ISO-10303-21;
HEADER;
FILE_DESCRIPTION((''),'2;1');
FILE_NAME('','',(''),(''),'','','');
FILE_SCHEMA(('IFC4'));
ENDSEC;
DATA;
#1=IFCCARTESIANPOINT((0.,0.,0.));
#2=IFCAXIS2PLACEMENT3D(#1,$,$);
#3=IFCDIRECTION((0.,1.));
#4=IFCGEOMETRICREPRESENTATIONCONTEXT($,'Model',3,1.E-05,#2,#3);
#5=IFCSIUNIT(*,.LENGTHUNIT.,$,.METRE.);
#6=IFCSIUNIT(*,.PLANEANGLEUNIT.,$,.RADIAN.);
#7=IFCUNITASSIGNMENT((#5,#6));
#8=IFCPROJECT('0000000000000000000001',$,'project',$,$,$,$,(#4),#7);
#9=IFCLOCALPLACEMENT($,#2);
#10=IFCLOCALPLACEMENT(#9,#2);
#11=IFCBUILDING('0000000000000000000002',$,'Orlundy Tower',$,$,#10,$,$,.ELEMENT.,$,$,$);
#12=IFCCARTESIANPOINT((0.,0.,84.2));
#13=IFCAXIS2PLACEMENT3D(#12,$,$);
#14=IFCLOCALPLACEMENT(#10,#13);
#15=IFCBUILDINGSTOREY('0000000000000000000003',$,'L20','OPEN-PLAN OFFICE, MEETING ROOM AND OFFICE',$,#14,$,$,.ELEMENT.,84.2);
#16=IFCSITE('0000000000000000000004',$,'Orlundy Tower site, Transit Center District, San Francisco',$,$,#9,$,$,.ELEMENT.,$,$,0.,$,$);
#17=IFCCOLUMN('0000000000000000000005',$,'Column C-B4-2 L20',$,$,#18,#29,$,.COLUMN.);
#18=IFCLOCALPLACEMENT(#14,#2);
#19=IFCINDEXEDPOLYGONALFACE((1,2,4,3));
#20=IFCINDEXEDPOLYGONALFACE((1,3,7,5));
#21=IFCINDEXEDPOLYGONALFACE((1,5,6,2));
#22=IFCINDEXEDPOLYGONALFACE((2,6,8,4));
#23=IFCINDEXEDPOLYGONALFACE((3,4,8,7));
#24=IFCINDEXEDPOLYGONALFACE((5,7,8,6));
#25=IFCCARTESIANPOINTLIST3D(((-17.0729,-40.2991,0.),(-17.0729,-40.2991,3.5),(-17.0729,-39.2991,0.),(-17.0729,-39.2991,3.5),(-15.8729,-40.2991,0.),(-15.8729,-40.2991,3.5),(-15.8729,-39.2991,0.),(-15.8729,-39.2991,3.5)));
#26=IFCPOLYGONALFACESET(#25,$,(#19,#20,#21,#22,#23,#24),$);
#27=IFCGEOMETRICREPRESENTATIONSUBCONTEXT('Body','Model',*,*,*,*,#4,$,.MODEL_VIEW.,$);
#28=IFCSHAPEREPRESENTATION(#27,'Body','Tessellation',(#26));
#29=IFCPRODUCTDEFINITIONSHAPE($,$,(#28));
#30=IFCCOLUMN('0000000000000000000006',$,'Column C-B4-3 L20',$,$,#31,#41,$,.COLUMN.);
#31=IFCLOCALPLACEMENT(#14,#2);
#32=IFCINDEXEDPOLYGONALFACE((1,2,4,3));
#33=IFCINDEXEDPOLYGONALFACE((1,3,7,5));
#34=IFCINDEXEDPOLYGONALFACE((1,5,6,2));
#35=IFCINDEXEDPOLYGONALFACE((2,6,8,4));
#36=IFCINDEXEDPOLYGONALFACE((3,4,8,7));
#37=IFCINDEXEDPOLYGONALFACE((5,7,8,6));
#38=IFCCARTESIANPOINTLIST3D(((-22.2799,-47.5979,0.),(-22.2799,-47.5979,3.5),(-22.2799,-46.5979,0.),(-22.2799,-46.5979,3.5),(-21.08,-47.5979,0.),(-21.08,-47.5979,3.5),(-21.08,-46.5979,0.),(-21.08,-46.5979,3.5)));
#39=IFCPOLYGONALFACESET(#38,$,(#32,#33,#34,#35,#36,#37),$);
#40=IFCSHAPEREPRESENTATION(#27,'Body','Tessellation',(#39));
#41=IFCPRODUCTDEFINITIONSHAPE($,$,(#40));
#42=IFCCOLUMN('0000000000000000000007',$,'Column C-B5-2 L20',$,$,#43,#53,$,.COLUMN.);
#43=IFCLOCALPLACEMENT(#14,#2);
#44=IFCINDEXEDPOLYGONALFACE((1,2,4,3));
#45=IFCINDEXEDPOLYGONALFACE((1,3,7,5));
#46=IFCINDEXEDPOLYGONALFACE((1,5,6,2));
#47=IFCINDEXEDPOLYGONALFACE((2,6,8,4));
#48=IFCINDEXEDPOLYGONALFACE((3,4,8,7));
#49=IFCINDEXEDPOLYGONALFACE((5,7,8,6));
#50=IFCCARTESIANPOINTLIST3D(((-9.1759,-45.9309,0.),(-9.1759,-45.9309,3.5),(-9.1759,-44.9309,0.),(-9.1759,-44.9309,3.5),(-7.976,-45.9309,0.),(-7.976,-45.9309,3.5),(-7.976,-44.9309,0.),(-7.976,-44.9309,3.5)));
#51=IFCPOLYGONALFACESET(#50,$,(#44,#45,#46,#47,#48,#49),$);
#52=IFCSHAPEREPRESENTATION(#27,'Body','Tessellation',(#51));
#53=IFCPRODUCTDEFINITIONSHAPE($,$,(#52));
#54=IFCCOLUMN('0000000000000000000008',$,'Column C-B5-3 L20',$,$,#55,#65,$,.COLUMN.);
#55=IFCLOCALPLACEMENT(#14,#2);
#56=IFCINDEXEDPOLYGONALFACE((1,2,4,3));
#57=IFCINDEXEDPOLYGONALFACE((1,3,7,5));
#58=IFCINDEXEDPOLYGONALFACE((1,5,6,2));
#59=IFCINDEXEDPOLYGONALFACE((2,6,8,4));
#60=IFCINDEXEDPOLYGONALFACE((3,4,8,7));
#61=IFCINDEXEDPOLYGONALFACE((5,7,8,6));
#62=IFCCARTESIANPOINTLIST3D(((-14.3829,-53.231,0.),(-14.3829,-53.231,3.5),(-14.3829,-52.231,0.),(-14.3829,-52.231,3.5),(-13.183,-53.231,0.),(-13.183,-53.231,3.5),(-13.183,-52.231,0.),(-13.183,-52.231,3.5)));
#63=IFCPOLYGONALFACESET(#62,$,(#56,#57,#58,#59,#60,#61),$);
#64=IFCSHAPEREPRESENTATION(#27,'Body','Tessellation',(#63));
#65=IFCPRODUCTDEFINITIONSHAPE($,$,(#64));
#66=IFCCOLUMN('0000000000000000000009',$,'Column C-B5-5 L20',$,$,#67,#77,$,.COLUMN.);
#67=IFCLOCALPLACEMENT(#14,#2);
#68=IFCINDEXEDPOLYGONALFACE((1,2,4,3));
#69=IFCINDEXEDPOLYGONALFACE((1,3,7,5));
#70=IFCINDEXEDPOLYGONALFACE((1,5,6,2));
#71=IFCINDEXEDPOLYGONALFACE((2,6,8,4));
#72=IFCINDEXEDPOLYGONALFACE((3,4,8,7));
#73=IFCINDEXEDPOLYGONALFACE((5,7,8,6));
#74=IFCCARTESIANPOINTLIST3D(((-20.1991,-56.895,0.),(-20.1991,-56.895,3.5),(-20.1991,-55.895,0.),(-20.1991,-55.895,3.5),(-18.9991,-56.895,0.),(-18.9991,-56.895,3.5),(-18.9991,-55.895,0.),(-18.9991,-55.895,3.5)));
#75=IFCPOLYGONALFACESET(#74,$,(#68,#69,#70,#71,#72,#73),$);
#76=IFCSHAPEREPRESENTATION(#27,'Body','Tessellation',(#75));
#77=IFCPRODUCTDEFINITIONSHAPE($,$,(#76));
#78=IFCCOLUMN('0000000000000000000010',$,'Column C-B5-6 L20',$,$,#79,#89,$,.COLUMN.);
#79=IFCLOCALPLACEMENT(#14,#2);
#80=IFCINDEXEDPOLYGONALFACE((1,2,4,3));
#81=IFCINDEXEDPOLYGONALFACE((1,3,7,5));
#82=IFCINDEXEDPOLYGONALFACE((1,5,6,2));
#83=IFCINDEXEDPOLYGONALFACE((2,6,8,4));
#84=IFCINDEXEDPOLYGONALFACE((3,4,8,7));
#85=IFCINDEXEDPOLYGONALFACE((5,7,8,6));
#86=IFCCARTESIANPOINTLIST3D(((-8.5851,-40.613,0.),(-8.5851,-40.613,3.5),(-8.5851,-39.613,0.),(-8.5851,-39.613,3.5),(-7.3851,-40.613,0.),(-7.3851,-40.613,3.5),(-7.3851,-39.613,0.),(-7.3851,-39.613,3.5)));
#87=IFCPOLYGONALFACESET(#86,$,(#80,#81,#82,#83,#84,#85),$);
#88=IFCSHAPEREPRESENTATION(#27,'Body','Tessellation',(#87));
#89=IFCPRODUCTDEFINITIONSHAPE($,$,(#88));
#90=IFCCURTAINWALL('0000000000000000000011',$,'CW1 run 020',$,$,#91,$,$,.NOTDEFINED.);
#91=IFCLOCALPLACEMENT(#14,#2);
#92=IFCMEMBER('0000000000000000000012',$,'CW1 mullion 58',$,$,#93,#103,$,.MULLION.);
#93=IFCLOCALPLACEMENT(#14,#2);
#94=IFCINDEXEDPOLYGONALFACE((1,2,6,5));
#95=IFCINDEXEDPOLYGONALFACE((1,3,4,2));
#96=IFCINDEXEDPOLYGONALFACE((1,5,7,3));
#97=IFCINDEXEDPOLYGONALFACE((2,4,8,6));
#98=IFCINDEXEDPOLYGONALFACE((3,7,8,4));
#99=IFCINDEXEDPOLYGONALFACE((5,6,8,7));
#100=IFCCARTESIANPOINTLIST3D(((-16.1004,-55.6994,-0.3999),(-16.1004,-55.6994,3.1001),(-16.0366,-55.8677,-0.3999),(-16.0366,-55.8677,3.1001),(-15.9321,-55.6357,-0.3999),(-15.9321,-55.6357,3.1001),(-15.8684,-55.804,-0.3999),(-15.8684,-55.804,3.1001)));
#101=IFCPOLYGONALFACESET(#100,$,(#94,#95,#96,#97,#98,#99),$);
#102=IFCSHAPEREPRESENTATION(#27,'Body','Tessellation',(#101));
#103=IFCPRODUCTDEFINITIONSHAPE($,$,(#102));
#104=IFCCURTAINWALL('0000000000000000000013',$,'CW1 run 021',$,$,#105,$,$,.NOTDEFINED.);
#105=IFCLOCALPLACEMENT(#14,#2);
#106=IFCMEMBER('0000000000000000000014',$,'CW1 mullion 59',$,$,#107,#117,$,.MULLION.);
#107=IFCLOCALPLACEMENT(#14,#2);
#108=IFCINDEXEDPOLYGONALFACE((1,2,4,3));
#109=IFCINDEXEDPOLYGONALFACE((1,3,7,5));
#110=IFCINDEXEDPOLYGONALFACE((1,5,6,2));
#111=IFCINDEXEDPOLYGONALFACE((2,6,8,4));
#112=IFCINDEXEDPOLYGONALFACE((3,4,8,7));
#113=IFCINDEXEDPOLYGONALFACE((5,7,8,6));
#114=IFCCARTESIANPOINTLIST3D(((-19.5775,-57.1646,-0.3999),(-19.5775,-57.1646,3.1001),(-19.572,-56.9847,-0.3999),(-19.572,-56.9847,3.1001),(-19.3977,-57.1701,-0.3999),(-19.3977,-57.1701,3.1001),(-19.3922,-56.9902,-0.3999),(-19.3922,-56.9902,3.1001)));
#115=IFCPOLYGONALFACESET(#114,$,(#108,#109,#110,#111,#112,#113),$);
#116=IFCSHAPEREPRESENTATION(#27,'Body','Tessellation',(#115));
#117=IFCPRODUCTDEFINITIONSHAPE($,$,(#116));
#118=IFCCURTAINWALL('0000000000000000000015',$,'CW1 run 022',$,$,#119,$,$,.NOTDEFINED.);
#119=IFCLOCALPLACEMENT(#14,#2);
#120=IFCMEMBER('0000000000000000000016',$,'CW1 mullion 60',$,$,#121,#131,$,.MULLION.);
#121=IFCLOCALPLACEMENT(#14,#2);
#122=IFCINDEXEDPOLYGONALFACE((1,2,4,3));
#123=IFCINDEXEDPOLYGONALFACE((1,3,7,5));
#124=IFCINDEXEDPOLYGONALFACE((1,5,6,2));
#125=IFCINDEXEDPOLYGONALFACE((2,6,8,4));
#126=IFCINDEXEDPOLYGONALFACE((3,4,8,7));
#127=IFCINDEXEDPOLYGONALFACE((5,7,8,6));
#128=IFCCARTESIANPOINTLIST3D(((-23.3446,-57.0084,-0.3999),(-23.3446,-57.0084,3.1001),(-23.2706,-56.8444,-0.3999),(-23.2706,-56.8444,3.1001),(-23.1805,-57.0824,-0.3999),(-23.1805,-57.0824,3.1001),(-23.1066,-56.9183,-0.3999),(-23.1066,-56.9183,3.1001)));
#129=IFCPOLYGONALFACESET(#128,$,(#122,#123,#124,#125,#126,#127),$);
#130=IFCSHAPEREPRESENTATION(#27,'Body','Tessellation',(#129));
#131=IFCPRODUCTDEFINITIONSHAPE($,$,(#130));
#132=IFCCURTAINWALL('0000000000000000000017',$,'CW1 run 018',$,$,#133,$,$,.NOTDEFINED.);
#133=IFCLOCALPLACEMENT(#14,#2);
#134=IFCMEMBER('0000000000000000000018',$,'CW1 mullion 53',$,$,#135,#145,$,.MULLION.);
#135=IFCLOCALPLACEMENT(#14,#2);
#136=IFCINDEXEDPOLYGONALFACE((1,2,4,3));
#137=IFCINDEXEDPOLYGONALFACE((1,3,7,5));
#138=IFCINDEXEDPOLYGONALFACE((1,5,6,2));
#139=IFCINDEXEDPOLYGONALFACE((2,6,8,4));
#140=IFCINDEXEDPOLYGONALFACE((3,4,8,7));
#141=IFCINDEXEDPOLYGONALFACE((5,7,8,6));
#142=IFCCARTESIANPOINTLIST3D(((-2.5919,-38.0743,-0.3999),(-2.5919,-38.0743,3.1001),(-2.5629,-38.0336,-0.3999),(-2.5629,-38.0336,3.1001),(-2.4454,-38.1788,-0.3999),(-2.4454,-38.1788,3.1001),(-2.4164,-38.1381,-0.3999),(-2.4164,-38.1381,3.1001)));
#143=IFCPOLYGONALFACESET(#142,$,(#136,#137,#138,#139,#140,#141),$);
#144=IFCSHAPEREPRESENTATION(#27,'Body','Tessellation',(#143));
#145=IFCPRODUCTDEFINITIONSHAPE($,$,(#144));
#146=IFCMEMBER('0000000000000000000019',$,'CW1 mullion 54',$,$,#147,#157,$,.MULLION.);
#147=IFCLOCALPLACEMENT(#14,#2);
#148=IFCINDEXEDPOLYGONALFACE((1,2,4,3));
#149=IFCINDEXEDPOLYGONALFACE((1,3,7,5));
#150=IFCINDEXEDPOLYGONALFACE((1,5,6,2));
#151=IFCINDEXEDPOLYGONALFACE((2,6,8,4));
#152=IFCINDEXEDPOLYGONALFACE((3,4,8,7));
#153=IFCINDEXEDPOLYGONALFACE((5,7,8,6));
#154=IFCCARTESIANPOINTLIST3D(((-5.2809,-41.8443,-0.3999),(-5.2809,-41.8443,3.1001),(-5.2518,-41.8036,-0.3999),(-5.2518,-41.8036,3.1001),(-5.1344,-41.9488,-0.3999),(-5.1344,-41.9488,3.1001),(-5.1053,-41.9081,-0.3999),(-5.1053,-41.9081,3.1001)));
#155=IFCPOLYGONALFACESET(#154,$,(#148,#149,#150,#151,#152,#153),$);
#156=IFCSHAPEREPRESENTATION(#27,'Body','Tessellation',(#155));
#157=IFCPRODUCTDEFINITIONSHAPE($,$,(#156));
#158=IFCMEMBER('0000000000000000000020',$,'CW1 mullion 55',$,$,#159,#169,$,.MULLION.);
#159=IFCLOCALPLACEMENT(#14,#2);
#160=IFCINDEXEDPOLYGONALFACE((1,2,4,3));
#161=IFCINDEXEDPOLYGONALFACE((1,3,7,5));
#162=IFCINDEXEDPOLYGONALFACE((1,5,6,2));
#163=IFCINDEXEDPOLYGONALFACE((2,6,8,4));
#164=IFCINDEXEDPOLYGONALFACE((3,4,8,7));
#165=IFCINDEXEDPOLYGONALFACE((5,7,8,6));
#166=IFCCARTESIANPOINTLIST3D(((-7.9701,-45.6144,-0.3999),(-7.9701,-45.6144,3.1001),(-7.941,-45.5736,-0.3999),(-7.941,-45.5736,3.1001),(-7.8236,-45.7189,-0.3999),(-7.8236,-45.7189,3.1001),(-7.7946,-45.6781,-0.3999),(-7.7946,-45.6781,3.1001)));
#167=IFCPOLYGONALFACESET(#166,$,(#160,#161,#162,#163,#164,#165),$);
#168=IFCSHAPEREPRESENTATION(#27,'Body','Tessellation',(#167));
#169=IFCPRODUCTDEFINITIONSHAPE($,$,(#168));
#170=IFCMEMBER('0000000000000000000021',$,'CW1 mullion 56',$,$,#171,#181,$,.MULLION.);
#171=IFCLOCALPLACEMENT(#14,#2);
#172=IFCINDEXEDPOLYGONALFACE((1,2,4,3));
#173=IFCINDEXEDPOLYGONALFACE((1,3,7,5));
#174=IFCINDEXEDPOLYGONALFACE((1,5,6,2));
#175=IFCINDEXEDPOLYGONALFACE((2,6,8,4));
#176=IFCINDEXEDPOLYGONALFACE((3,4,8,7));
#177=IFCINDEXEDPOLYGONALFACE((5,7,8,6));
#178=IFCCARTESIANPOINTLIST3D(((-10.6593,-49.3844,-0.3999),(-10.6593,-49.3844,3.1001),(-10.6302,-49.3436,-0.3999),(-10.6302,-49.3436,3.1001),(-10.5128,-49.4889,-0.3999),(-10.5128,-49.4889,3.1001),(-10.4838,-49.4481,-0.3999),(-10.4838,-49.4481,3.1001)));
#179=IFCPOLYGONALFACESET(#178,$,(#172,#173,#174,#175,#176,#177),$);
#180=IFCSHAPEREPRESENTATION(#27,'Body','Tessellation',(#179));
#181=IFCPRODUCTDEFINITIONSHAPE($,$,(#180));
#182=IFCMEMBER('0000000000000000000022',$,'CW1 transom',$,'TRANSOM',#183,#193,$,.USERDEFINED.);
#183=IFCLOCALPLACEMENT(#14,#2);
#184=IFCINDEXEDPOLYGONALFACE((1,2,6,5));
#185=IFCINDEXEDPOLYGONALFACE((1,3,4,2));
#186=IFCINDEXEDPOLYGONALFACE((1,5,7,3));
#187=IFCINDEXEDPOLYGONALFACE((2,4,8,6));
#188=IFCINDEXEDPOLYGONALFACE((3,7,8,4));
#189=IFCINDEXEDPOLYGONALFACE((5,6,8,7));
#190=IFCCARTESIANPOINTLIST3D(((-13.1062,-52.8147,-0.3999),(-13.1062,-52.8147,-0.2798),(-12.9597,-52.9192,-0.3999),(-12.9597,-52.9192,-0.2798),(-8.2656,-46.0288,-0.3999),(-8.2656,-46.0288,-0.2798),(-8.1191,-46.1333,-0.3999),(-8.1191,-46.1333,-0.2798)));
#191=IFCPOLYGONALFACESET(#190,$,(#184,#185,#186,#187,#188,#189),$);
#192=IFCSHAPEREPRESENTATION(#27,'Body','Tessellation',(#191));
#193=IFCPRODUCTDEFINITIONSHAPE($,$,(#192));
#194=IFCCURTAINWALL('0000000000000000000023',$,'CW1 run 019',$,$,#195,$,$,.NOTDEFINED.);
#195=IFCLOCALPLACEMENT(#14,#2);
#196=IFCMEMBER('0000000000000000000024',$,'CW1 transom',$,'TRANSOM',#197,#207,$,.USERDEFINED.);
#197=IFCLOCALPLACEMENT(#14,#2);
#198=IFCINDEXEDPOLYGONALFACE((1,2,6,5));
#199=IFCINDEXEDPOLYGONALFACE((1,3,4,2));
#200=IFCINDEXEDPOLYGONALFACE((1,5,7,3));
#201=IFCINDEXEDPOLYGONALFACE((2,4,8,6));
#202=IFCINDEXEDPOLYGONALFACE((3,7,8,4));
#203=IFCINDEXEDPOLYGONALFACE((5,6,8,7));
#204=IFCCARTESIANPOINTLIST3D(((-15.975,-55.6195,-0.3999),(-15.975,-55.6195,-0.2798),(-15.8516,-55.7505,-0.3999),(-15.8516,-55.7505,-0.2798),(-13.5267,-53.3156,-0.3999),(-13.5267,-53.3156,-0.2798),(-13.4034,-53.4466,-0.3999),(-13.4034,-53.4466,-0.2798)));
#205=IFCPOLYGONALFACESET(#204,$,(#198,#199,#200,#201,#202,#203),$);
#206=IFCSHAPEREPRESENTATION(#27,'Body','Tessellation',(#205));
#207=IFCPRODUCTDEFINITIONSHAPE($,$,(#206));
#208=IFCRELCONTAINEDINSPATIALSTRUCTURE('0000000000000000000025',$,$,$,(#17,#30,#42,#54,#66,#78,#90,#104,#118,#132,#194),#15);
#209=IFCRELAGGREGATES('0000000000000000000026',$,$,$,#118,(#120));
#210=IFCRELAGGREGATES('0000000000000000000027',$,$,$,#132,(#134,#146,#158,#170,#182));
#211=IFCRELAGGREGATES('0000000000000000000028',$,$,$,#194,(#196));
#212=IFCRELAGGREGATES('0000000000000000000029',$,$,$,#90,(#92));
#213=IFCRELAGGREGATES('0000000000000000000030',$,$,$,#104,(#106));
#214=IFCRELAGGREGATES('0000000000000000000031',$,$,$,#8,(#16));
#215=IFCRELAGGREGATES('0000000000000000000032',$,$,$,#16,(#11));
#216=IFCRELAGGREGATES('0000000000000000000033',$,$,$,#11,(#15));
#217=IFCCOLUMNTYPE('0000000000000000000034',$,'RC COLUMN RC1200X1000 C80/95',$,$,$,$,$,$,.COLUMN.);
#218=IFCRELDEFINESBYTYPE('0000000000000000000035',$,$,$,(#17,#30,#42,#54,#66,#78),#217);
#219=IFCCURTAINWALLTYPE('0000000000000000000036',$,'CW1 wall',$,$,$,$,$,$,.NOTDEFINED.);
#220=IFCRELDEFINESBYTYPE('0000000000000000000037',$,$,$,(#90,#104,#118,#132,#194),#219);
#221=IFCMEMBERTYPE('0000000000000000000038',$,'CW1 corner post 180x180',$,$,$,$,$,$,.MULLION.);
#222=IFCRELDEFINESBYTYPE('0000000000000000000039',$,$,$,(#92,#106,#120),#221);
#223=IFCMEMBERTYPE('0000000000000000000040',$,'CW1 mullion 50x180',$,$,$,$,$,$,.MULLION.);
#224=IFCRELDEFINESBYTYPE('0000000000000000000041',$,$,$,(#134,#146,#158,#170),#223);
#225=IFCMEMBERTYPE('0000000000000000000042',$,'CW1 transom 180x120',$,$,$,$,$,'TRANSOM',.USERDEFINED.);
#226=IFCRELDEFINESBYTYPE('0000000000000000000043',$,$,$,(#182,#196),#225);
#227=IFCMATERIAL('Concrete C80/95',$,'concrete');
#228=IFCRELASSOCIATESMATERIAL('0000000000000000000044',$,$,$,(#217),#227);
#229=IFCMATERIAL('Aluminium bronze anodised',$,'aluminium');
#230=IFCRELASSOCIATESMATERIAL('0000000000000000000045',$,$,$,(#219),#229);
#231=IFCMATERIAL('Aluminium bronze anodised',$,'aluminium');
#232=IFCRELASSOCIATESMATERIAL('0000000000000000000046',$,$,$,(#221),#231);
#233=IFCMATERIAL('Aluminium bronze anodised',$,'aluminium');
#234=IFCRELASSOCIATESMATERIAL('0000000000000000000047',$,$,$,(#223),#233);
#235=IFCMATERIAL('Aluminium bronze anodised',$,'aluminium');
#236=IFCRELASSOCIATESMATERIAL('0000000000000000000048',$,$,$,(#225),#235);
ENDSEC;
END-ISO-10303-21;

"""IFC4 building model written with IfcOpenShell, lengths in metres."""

from ifc_helpers import new_model, si_unit, direction, frame, origin, origin_2d, place, context, subcontext, project, spatial, rectangle, extrude, material, material_profile, profile_set, type_object, element, aggregate, save


model = new_model("IFC4")

# Units and contexts
model_context = context("Model", 3, precision=1e-05, world=origin(), true_north=direction((0.0, 1.0)))
body_context = subcontext(model_context, "Body", "Model", "MODEL_VIEW")
ifc_project = project(units=[si_unit("LENGTHUNIT", "METRE"), si_unit("PLANEANGLEUNIT", "RADIAN")], contexts=[model_context])

# Site, building, storey
site_placement = place(None, origin())
site = spatial("IfcSite", under=ifc_project, at=site_placement, Name="Orlundy Tower site, Transit Center District, San Francisco", CompositionType="ELEMENT", RefElevation=0.0)
building_placement = place(site_placement, origin())
building = spatial("IfcBuilding", under=site, at=building_placement, Name="Orlundy Tower", CompositionType="ELEMENT")
storey_placement = place(building_placement, frame((0.0, 0.0, 84.2)))
storey = spatial("IfcBuildingStorey", under=building, at=storey_placement, Name="L20", Description="OPEN-PLAN OFFICE, MEETING ROOM AND OFFICE", CompositionType="ELEMENT", Elevation=84.2)

# Columns
ifc_material_1 = material(Name="Concrete C80/95", Category="concrete")
ifc_material_profile_1 = material_profile(ifc_material_1, rectangle(XDim=1.2, YDim=1.0, at=origin_2d()), Name="RC1200X1000")
ifc_profile_set_1 = profile_set([ifc_material_profile_1], Name="Concrete C80/95")
column_type = type_object("IfcColumnType", Name="RC COLUMN RC1200X1000 C80/95", PredefinedType="COLUMN", material=ifc_profile_set_1)
for number, where, z_axis, x_axis, name in (
    (1, (-16.4729, -39.7991, 0.0), (0.0, 0.0, 1.0), (1.0, 0.0, 0.0), "Column C-B4-2 L20"),
    (2, (-21.6799, -47.0979, 0.0), (0.0, 0.0, 1.0), (1.0, 0.0, 0.0), "Column C-B4-3 L20"),
    (3, (-8.5759, -45.4309, 0.0), (0.0, 0.0, 1.0), (1.0, 0.0, 0.0), "Column C-B5-2 L20"),
    (4, (-13.783, -52.731, 0.0), (0.0, 0.0, 1.0), (1.0, 0.0, 0.0), "Column C-B5-3 L20"),
    (5, (-19.5991, -56.395, 0.0), (0.0, 0.0, 1.0), (1.0, 0.0, 0.0), "Column C-B5-5 L20"),
    (6, (-7.9851, -40.113, 0.0), (0.0, 0.0, 1.0), (1.0, 0.0, 0.0), "Column C-B5-6 L20"),
):
    element("IfcColumn", number, at=place(storey_placement, frame(where, z_axis=z_axis, x_axis=x_axis)), inside=storey, type_object=column_type, Name=name, PredefinedType="COLUMN", context=body_context, shape_type="SweptSolid", body=[
        extrude(rectangle(XDim=1.2, YDim=1.0, at=origin_2d()), origin(), (0.0, 0.0, 1.0), 3.5),
    ])

# Curtain walls, members
ifc_material_2 = material(Name="Aluminium bronze anodised", Category="aluminium")
curtain_wall_type = type_object("IfcCurtainWallType", Name="CW1 wall", PredefinedType="NOTDEFINED", material=ifc_material_2)
curtain_wall_1_placement = place(storey_placement, origin())
curtain_wall_1 = element("IfcCurtainWall", 7, at=curtain_wall_1_placement, inside=storey, type_object=curtain_wall_type, Name="CW1 run 020", PredefinedType="NOTDEFINED")
ifc_material_3 = material(Name="Aluminium bronze anodised", Category="aluminium")
ifc_material_profile_2 = material_profile(ifc_material_3, rectangle(XDim=0.1799, YDim=0.1799, at=origin_2d()), Name="CW1 corner post 180x180")
ifc_profile_set_2 = profile_set([ifc_material_profile_2], Name="Aluminium bronze anodised")
member_type_1 = type_object("IfcMemberType", Name="CW1 corner post 180x180", PredefinedType="MULLION", material=ifc_profile_set_2)
member_1_placement = place(storey_placement, frame((-15.9844, -55.7517, -0.3999), z_axis=(0.0, 0.0, 1.0), x_axis=(0.354166, -0.935182, 0.0)))
member_1 = element("IfcMember", 8, at=member_1_placement, type_object=member_type_1, Name="CW1 mullion 58", PredefinedType="MULLION", context=body_context, shape_type="SweptSolid", body=[
    extrude(rectangle(XDim=0.1799, YDim=0.1799, at=origin_2d()), origin(), (0.0, 0.0, 1.0), 3.5),
])
curtain_wall_2_placement = place(storey_placement, origin())
curtain_wall_2 = element("IfcCurtainWall", 9, at=curtain_wall_2_placement, inside=storey, type_object=curtain_wall_type, Name="CW1 run 021", PredefinedType="NOTDEFINED")
member_2_placement = place(storey_placement, frame((-19.4849, -57.0774, -0.3999), z_axis=(0.0, 0.0, 1.0), x_axis=(-0.030485, -0.999535, 0.0)))
member_2 = element("IfcMember", 10, at=member_2_placement, type_object=member_type_1, Name="CW1 mullion 59", PredefinedType="MULLION", context=body_context, shape_type="SweptSolid", body=[
    extrude(rectangle(XDim=0.1799, YDim=0.1799, at=origin_2d()), origin(), (0.0, 0.0, 1.0), 3.5),
])
curtain_wall_3_placement = place(storey_placement, origin())
curtain_wall_3 = element("IfcCurtainWall", 11, at=curtain_wall_3_placement, inside=storey, type_object=curtain_wall_type, Name="CW1 run 022", PredefinedType="NOTDEFINED")
member_3_placement = place(storey_placement, frame((-23.2256, -56.9634, -0.3999), z_axis=(0.0, 0.0, 1.0), x_axis=(-0.410914, -0.911674, 0.0)))
member_3 = element("IfcMember", 12, at=member_3_placement, type_object=member_type_1, Name="CW1 mullion 60", PredefinedType="MULLION", context=body_context, shape_type="SweptSolid", body=[
    extrude(rectangle(XDim=0.1799, YDim=0.1799, at=origin_2d()), origin(), (0.0, 0.0, 1.0), 3.5),
])

# Curtain wall, members
curtain_wall_4_placement = place(storey_placement, origin())
curtain_wall_4 = element("IfcCurtainWall", 13, at=curtain_wall_4_placement, inside=storey, type_object=curtain_wall_type, Name="CW1 run 018", PredefinedType="NOTDEFINED")
ifc_material_4 = material(Name="Aluminium bronze anodised", Category="aluminium")
ifc_material_profile_3 = material_profile(ifc_material_4, rectangle(XDim=0.1799, YDim=0.05, at=origin_2d()), Name="CW1 mullion 50x180")
ifc_profile_set_3 = profile_set([ifc_material_profile_3], Name="Aluminium bronze anodised")
member_type_2 = type_object("IfcMemberType", Name="CW1 mullion 50x180", PredefinedType="MULLION", material=ifc_profile_set_3)
member_4_placement = place(storey_placement, frame((-2.5042, -38.1062, -0.3999), z_axis=(0.0, 0.0, 1.0), x_axis=(0.81411, -0.58071, 0.0)))
member_4 = element("IfcMember", 14, at=member_4_placement, type_object=member_type_2, Name="CW1 mullion 53", PredefinedType="MULLION", context=body_context, shape_type="SweptSolid", body=[
    extrude(rectangle(XDim=0.1799, YDim=0.05, at=origin_2d()), origin(), (0.0, 0.0, 1.0), 3.5),
])
member_5_placement = place(storey_placement, frame((-5.1931, -41.8762, -0.3999), z_axis=(0.0, 0.0, 1.0), x_axis=(0.81411, -0.58071, 0.0)))
member_5 = element("IfcMember", 15, at=member_5_placement, type_object=member_type_2, Name="CW1 mullion 54", PredefinedType="MULLION", context=body_context, shape_type="SweptSolid", body=[
    extrude(rectangle(XDim=0.1799, YDim=0.05, at=origin_2d()), origin(), (0.0, 0.0, 1.0), 3.5),
])
member_6_placement = place(storey_placement, frame((-7.8823, -45.6462, -0.3999), z_axis=(0.0, 0.0, 1.0), x_axis=(0.81411, -0.58071, 0.0)))
member_6 = element("IfcMember", 16, at=member_6_placement, type_object=member_type_2, Name="CW1 mullion 55", PredefinedType="MULLION", context=body_context, shape_type="SweptSolid", body=[
    extrude(rectangle(XDim=0.1799, YDim=0.05, at=origin_2d()), origin(), (0.0, 0.0, 1.0), 3.5),
])
member_7_placement = place(storey_placement, frame((-10.5715, -49.4163, -0.3999), z_axis=(0.0, 0.0, 1.0), x_axis=(0.81411, -0.58071, 0.0)))
member_7 = element("IfcMember", 17, at=member_7_placement, type_object=member_type_2, Name="CW1 mullion 56", PredefinedType="MULLION", context=body_context, shape_type="SweptSolid", body=[
    extrude(rectangle(XDim=0.1799, YDim=0.05, at=origin_2d()), origin(), (0.0, 0.0, 1.0), 3.5),
])
ifc_material_5 = material(Name="Aluminium bronze anodised", Category="aluminium")
ifc_material_profile_4 = material_profile(ifc_material_5, rectangle(XDim=0.1799, YDim=0.1201, at=origin_2d()), Name="CW1 transom 180x120")
ifc_profile_set_4 = profile_set([ifc_material_profile_4], Name="Aluminium bronze anodised")
member_type_3 = type_object("IfcMemberType", Name="CW1 transom 180x120", ElementType="TRANSOM", PredefinedType="USERDEFINED", material=ifc_profile_set_4)
member_8_placement = place(storey_placement, frame((-8.1924, -46.0811, -0.3398), z_axis=(-0.580723, -0.814101, 0.0), x_axis=(0.814101, -0.580723, 0.0)))
member_8 = element("IfcMember", 18, at=member_8_placement, type_object=member_type_3, Name="CW1 transom", ObjectType="TRANSOM", PredefinedType="USERDEFINED", context=body_context, shape_type="SweptSolid", body=[
    extrude(rectangle(XDim=0.1799, YDim=0.1201, at=origin_2d()), origin(), (0.0, 0.0, 1.0), 8.3354),
])

# Curtain wall, member
curtain_wall_5_placement = place(storey_placement, origin())
curtain_wall_5 = element("IfcCurtainWall", 19, at=curtain_wall_5_placement, inside=storey, type_object=curtain_wall_type, Name="CW1 run 019", PredefinedType="NOTDEFINED")
member_9_placement = place(storey_placement, frame((-13.4651, -53.3811, -0.3398), z_axis=(-0.72824, -0.685322, 0.0), x_axis=(0.685322, -0.72824, 0.0)))
member_9 = element("IfcMember", 20, at=member_9_placement, type_object=member_type_3, Name="CW1 transom", ObjectType="TRANSOM", PredefinedType="USERDEFINED", context=body_context, shape_type="SweptSolid", body=[
    extrude(rectangle(XDim=0.1799, YDim=0.1201, at=origin_2d()), origin(), (0.0, 0.0, 1.0), 3.3618),
])

aggregate(curtain_wall_3, [member_3])

aggregate(curtain_wall_4, [member_4, member_5, member_6, member_7, member_8])
aggregate(curtain_wall_5, [member_9])
aggregate(curtain_wall_1, [member_1])
aggregate(curtain_wall_2, [member_2])

save(model, "model.ifc")
